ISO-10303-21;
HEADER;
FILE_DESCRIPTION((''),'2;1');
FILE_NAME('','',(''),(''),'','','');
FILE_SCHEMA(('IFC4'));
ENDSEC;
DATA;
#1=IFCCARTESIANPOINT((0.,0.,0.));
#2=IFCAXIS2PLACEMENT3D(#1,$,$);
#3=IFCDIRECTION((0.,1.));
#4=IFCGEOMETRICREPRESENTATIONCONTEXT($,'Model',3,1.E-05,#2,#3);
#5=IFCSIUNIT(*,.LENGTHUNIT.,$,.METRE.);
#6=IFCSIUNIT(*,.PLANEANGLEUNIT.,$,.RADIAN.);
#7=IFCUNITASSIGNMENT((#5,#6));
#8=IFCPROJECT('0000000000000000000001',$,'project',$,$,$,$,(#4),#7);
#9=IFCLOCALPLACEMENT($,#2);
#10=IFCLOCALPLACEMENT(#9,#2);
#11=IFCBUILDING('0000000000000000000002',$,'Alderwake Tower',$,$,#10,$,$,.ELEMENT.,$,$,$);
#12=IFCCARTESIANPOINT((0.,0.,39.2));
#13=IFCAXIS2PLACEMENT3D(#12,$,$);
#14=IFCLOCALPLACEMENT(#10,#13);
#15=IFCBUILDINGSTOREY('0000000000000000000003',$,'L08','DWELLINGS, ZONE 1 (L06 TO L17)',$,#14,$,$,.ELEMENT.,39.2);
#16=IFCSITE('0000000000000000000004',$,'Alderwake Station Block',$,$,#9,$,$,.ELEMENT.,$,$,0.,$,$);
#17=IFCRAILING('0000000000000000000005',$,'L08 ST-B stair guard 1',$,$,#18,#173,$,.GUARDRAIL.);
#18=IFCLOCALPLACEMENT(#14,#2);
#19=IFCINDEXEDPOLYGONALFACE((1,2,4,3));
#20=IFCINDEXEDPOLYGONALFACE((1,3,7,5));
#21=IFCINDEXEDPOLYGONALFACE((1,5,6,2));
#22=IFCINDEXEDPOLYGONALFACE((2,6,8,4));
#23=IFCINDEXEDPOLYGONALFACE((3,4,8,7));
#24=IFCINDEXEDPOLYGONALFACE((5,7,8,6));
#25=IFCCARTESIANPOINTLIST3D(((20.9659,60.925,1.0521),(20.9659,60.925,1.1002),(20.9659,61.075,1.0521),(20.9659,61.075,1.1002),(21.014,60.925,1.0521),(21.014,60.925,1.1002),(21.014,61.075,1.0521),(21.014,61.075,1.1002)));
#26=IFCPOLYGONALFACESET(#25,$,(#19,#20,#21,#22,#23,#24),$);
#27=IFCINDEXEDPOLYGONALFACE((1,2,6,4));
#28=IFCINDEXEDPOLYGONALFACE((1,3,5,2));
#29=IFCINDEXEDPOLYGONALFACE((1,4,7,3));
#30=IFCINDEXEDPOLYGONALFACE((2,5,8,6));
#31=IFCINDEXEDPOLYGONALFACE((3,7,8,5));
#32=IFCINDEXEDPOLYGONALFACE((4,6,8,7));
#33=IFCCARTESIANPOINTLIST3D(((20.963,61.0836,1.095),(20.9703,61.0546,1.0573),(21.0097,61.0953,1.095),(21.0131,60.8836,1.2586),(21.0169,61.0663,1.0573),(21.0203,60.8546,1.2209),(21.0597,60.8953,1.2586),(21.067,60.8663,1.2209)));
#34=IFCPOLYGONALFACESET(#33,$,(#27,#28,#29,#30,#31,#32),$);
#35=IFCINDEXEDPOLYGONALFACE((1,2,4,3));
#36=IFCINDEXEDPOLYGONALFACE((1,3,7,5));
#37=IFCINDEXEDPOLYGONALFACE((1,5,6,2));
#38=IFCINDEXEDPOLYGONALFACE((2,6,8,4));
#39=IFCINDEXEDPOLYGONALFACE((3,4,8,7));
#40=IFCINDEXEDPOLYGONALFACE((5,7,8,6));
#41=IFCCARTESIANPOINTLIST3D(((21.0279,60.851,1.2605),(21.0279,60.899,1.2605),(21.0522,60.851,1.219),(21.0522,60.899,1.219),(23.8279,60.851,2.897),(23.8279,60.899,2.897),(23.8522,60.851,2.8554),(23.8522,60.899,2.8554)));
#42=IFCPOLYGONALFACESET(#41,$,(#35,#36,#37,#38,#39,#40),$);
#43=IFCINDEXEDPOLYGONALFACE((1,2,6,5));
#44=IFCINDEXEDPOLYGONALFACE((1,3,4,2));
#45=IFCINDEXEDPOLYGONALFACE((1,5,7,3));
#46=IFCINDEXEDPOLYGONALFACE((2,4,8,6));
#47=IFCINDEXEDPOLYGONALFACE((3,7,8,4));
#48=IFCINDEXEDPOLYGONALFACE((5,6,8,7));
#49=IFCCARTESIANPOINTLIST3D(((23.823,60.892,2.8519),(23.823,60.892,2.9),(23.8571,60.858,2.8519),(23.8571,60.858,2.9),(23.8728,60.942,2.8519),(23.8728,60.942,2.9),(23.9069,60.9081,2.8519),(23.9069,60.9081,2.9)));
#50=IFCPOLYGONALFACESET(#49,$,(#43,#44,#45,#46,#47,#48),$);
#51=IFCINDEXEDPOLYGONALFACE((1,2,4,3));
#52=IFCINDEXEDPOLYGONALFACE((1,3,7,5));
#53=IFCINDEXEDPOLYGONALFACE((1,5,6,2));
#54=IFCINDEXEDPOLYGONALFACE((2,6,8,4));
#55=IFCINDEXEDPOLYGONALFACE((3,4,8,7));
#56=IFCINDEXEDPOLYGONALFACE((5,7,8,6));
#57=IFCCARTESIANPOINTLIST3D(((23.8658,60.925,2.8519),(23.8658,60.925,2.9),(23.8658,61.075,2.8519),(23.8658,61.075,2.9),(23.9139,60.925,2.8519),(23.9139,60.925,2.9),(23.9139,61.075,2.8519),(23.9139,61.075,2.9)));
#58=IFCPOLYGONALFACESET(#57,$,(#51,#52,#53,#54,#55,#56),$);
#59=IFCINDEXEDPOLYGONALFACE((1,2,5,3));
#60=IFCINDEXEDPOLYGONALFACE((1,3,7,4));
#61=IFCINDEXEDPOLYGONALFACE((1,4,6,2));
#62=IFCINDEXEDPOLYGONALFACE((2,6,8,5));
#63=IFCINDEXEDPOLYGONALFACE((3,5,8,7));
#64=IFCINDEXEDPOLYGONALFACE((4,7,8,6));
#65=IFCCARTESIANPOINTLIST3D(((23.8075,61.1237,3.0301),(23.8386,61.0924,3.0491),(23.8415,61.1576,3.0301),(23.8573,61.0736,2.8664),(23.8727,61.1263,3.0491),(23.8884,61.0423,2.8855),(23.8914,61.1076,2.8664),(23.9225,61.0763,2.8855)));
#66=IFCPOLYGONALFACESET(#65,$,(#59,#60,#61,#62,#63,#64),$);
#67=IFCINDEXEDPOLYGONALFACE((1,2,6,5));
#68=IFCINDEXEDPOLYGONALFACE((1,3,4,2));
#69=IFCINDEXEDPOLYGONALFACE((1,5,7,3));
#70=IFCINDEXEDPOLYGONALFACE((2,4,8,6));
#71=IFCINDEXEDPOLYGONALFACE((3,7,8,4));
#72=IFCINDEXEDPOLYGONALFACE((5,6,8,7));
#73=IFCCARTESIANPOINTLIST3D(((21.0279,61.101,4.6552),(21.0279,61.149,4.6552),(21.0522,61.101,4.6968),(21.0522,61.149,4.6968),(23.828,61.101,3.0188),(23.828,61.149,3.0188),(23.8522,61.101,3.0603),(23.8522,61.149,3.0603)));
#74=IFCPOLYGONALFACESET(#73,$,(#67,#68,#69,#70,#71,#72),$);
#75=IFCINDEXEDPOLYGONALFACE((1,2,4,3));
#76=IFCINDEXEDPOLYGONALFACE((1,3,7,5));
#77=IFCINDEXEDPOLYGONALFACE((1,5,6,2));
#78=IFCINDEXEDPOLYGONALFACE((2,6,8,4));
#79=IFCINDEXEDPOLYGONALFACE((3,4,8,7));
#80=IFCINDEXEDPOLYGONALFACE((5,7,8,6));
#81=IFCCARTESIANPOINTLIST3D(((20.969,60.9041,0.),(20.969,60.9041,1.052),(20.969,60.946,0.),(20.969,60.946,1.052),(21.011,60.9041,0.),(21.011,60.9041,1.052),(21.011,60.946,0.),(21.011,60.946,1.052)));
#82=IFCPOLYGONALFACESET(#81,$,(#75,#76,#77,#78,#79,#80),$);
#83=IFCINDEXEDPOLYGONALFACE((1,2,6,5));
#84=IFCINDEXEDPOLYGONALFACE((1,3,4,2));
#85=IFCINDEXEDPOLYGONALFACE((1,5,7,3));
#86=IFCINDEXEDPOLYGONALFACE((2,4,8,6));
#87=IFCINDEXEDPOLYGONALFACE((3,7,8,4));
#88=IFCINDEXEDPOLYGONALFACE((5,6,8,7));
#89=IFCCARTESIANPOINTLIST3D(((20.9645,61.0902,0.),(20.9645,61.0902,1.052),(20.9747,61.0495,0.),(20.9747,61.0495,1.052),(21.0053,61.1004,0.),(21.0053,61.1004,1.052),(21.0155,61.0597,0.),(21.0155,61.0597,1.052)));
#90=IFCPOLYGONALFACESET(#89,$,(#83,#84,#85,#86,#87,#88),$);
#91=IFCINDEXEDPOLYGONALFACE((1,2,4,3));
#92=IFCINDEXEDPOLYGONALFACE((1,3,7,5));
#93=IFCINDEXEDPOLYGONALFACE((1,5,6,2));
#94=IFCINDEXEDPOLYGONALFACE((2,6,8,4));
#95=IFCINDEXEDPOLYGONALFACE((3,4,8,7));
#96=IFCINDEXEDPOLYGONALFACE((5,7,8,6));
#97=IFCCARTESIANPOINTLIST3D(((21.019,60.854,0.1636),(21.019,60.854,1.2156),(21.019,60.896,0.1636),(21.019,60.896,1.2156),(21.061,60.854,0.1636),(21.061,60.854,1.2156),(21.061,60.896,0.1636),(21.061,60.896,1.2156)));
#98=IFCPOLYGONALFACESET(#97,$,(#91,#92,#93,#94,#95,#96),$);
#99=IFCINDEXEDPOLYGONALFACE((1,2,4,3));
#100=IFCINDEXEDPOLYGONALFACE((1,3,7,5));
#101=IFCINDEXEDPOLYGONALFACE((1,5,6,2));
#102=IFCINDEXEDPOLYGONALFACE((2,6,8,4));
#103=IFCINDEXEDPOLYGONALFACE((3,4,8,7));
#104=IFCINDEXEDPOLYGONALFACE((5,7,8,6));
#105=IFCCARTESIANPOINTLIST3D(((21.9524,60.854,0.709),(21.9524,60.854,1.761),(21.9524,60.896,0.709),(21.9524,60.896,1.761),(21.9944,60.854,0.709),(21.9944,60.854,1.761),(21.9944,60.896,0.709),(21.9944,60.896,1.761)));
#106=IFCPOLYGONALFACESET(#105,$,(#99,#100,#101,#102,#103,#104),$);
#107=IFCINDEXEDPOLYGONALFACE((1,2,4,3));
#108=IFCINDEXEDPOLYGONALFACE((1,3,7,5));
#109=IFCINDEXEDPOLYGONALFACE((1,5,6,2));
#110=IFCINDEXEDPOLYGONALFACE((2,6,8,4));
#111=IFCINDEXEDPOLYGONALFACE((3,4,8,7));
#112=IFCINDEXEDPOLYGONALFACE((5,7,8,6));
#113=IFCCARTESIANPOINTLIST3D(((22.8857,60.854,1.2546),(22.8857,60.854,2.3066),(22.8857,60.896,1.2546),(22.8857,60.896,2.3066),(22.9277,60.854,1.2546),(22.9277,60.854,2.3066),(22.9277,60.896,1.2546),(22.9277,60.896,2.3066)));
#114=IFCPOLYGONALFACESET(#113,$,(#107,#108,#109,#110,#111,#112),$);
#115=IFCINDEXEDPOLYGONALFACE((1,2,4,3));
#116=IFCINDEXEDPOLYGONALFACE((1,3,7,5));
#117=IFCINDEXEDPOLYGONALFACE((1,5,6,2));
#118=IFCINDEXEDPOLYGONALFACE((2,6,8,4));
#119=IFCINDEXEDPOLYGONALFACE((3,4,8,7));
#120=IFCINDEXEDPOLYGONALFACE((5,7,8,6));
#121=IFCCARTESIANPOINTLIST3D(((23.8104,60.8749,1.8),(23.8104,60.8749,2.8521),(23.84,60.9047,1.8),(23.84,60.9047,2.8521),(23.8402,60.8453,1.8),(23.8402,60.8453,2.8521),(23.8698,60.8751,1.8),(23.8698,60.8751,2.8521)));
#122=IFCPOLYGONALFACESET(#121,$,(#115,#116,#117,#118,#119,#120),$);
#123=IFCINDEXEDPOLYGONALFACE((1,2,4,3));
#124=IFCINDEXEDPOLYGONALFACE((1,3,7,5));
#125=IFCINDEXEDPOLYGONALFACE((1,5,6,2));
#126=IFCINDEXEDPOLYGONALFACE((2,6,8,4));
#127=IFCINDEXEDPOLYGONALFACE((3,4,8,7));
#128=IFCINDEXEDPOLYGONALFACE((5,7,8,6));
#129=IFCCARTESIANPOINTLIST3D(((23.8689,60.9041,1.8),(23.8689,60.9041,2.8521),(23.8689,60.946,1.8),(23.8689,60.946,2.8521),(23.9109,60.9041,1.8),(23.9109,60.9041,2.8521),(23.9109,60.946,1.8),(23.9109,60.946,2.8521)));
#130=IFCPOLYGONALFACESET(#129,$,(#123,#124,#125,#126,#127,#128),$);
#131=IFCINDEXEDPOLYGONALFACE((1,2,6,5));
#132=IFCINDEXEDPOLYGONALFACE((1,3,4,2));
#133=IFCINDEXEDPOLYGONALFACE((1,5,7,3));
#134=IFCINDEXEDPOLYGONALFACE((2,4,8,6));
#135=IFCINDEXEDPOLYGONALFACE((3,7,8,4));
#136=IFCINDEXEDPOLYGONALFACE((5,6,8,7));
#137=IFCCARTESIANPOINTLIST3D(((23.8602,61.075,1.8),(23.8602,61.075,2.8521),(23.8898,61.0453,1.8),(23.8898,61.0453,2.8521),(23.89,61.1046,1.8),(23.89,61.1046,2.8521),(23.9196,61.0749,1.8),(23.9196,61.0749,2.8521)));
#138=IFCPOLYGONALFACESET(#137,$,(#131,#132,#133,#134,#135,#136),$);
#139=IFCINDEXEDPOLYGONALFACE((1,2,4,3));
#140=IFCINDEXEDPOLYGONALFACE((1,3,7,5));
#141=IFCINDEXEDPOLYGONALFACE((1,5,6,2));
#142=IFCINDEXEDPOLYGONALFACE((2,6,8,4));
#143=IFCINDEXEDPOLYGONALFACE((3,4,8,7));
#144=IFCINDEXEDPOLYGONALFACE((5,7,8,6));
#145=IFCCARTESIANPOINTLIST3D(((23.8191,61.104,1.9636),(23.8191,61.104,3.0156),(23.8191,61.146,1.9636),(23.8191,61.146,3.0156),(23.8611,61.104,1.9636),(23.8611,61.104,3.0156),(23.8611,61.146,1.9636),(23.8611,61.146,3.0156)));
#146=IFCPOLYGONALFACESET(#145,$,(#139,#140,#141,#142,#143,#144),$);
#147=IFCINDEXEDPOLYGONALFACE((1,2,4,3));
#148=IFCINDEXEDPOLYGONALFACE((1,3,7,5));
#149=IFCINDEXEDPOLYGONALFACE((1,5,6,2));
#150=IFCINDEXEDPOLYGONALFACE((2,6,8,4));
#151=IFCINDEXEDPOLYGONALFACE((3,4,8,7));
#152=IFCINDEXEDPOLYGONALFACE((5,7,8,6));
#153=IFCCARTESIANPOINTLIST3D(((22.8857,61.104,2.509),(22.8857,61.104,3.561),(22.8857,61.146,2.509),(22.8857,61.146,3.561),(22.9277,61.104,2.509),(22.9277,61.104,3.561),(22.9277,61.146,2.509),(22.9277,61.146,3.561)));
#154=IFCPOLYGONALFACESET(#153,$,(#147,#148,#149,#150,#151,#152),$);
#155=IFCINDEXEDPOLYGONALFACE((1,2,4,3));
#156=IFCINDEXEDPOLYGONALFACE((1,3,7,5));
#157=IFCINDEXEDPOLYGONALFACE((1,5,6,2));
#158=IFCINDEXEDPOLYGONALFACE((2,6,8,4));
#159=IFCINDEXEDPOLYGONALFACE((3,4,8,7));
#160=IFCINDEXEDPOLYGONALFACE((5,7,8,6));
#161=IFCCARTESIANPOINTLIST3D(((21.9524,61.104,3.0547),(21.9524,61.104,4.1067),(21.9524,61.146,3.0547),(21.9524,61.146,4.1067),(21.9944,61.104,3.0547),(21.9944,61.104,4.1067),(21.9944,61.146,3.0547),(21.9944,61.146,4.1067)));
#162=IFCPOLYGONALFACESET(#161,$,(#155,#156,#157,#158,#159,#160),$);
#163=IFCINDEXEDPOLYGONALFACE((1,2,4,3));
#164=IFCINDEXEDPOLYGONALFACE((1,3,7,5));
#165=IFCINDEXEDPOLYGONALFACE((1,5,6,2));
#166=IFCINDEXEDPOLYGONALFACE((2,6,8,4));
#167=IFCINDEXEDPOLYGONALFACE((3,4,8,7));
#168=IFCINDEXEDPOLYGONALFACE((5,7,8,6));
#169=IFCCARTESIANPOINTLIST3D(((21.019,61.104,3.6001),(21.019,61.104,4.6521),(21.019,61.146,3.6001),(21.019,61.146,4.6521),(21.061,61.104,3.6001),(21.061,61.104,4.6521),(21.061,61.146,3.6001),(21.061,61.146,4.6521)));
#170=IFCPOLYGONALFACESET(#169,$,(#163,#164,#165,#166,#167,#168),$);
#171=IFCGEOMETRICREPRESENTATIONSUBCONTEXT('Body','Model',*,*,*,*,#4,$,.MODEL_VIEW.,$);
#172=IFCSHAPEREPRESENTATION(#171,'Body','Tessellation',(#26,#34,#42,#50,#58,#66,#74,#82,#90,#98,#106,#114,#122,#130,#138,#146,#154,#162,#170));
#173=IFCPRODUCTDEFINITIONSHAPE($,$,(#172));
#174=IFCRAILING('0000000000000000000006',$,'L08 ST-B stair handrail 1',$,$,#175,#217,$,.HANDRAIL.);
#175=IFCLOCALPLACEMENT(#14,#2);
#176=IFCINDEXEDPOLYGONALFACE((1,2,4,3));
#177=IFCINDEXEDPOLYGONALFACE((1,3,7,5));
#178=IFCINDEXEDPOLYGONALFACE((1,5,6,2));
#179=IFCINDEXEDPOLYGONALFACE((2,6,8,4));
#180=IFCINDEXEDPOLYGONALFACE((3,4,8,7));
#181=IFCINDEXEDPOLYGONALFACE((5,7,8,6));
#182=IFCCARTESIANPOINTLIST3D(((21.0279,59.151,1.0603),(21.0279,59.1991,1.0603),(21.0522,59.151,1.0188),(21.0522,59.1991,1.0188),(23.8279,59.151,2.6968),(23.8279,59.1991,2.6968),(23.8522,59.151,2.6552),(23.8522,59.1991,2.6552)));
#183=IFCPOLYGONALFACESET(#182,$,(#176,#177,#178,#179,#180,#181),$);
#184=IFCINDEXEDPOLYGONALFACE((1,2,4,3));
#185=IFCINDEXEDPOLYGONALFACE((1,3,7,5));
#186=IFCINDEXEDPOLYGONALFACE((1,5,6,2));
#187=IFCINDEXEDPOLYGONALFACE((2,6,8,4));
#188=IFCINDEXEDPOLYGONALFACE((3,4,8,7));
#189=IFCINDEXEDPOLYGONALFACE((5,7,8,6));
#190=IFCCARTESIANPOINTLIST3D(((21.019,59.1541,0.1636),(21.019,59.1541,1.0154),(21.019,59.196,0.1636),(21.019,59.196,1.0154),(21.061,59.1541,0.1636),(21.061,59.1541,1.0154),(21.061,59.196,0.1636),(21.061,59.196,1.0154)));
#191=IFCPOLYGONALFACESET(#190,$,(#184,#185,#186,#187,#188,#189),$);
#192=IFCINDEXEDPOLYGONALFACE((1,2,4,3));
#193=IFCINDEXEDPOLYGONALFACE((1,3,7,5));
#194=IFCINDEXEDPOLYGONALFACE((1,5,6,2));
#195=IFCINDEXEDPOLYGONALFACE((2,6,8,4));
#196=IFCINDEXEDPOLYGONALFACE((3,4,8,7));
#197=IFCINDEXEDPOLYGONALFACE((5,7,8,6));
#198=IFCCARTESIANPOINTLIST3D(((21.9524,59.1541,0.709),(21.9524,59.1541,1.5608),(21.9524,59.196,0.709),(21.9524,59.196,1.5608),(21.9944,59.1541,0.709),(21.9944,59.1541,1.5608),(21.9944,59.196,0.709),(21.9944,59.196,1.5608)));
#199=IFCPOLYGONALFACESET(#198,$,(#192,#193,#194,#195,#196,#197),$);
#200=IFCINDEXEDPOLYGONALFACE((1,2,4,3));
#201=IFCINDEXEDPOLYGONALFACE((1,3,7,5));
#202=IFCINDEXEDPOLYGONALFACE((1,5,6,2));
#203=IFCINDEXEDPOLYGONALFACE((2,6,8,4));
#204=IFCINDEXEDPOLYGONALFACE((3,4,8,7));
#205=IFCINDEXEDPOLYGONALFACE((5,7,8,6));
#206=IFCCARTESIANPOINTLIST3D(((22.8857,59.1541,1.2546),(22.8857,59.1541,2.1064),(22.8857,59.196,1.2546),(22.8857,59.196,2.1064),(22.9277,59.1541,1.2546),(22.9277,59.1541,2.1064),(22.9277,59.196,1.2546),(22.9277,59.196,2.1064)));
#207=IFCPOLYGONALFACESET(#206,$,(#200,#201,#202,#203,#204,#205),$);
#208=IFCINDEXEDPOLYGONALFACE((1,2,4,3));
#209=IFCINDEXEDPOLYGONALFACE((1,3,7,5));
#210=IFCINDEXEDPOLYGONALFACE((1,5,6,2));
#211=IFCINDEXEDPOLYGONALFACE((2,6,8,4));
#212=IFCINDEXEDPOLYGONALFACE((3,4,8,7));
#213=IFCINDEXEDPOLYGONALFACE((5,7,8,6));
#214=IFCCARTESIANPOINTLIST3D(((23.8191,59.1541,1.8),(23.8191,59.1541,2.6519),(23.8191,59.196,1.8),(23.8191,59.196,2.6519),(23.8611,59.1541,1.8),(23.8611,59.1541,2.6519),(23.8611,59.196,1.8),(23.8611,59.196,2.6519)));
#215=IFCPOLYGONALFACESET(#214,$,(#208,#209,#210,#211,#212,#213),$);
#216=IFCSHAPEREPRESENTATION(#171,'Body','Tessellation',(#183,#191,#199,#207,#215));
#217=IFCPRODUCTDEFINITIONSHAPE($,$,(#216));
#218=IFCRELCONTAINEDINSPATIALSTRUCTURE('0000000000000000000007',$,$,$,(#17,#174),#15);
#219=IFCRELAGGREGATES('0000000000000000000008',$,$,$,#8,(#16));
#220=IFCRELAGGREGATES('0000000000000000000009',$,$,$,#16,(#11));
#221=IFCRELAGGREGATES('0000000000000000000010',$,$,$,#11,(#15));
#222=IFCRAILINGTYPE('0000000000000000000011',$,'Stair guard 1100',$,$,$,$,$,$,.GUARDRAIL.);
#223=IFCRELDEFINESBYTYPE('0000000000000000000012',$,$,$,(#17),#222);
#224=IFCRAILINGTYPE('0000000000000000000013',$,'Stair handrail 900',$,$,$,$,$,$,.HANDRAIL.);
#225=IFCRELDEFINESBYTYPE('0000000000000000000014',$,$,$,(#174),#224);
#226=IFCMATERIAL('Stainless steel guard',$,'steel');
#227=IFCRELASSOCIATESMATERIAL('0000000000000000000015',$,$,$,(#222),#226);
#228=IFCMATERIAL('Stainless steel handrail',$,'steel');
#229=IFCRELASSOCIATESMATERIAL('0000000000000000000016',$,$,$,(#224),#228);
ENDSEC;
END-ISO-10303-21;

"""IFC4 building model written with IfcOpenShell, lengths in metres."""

from ifc_helpers import new_model, si_unit, direction, frame, origin, origin_with_axes, origin_2d, place, context, subcontext, project, spatial, rectangle, extrude, material, type_object, element, save


model = new_model("IFC4")

# Units and contexts
model_context = context("Model", 3, precision=1e-05, world=origin(), true_north=direction((0.0, 1.0)))
body_context = subcontext(model_context, "Body", "Model", "MODEL_VIEW")
ifc_project = project(units=[si_unit("LENGTHUNIT", "METRE"), si_unit("PLANEANGLEUNIT", "RADIAN")], contexts=[model_context])

# Site, building, storey
site_placement = place(None, origin())
site = spatial("IfcSite", under=ifc_project, at=site_placement, Name="Alderwake Station Block", CompositionType="ELEMENT", RefElevation=0.0)
building_placement = place(site_placement, origin())
building = spatial("IfcBuilding", under=site, at=building_placement, Name="Alderwake Tower", CompositionType="ELEMENT")
storey_placement = place(building_placement, frame((0.0, 0.0, 39.2)))
storey = spatial("IfcBuildingStorey", under=building, at=storey_placement, Name="L08", Description="DWELLINGS, ZONE 1 (L06 TO L17)", CompositionType="ELEMENT", Elevation=39.2)

# Railings
ifc_material_1 = material(Name="Stainless steel guard", Category="steel")
railing_type_1 = type_object("IfcRailingType", Name="Stair guard 1100", PredefinedType="GUARDRAIL", material=ifc_material_1)
railing_1_placement = place(storey_placement, frame((20.99, 60.925, 0.0)))
element("IfcRailing", 1, at=railing_1_placement, inside=storey, type_object=railing_type_1, Name="L08 ST-B stair guard 1", PredefinedType="GUARDRAIL", context=body_context, shape_type="SweptSolid", body=[
    extrude(rectangle(XDim=0.0481, YDim=0.0481, at=origin_2d()), frame((0.0, 0.0, 1.0762), z_axis=(0.0, 1.0, 0.0), x_axis=(-1.0, 0.0, 0.0)), (0.0, 0.0, 1.0), 0.1499),
    extrude(rectangle(XDim=0.0481, YDim=0.0481, at=origin_2d()), frame((0.0, 0.1499, 1.0762), z_axis=(0.1902, -0.75987, 0.621628), x_axis=(0.970073, 0.242814, 0.0)), (0.0, 0.0, 1.0), 0.2632),
    extrude(rectangle(XDim=0.0481, YDim=0.0481, at=origin_2d()), frame((0.05, -0.05, 1.2397), z_axis=(0.863361, 0.0, 0.504587), x_axis=(0.0, 1.0, 0.0)), (0.0, 0.0, 1.0), 3.2432),
    extrude(rectangle(XDim=0.0481, YDim=0.0481, at=origin_2d()), frame((2.8501, -0.05, 2.876), z_axis=(0.705376, 0.708834, 0.0), x_axis=(-0.708834, 0.705376, 0.0)), (0.0, 0.0, 1.0), 0.0706),
    extrude(rectangle(XDim=0.0481, YDim=0.0481, at=origin_2d()), frame((2.8999, 0.0, 2.876), z_axis=(0.0, 1.0, 0.0), x_axis=(-1.0, 0.0, 0.0)), (0.0, 0.0, 1.0), 0.1499),
    extrude(rectangle(XDim=0.0481, YDim=0.0481, at=origin_2d()), frame((2.8999, 0.1499, 2.876), z_axis=(-0.279546, 0.280917, 0.918118), x_axis=(-0.708834, -0.705376, 0.0)), (0.0, 0.0, 1.0), 0.1782),
    extrude(rectangle(XDim=0.0481, YDim=0.0481, at=origin_2d()), frame((2.8501, 0.2, 3.0396), z_axis=(-0.863361, 0.0, 0.504587), x_axis=(0.0, -1.0, 0.0)), (0.0, 0.0, 1.0), 3.2432),
    extrude(rectangle(XDim=0.042, YDim=0.042, at=origin_2d()), frame((0.0, 0.0, 0.0), z_axis=(0.0, 0.0, 1.0), x_axis=(0.0, 1.0, 0.0)), (0.0, 0.0, 1.0), 1.052),
    extrude(rectangle(XDim=0.042, YDim=0.042, at=origin_2d()), frame((0.0, 0.1499, 0.0), z_axis=(0.0, 0.0, 1.0), x_axis=(0.242814, -0.970073, 0.0)), (0.0, 0.0, 1.0), 1.052),
    extrude(rectangle(XDim=0.042, YDim=0.042, at=origin_2d()), frame((0.05, -0.05, 0.1636), z_axis=(0.0, 0.0, 1.0), x_axis=(1.0, 0.0, 0.0)), (0.0, 0.0, 1.0), 1.052),
    extrude(rectangle(XDim=0.042, YDim=0.042, at=origin_2d()), frame((0.9834, -0.05, 0.709), z_axis=(0.0, 0.0, 1.0), x_axis=(1.0, 0.0, 0.0)), (0.0, 0.0, 1.0), 1.052),
    extrude(rectangle(XDim=0.042, YDim=0.042, at=origin_2d()), frame((1.9167, -0.05, 1.2546), z_axis=(0.0, 0.0, 1.0), x_axis=(1.0, 0.0, 0.0)), (0.0, 0.0, 1.0), 1.052),
    extrude(rectangle(XDim=0.042, YDim=0.042, at=origin_2d()), frame((2.8501, -0.05, 1.8), z_axis=(0.0, 0.0, 1.0), x_axis=(0.705376, 0.708834, 0.0)), (0.0, 0.0, 1.0), 1.052),
    extrude(rectangle(XDim=0.042, YDim=0.042, at=origin_2d()), frame((2.8999, 0.0, 1.8), z_axis=(0.0, 0.0, 1.0), x_axis=(0.0, 1.0, 0.0)), (0.0, 0.0, 1.0), 1.052),
    extrude(rectangle(XDim=0.042, YDim=0.042, at=origin_2d()), frame((2.8999, 0.1499, 1.8), z_axis=(0.0, 0.0, 1.0), x_axis=(-0.705376, 0.708834, 0.0)), (0.0, 0.0, 1.0), 1.052),
    extrude(rectangle(XDim=0.042, YDim=0.042, at=origin_2d()), frame((2.8501, 0.2, 1.9636), z_axis=(0.0, 0.0, 1.0), x_axis=(-1.0, 0.0, 0.0)), (0.0, 0.0, 1.0), 1.052),
    extrude(rectangle(XDim=0.042, YDim=0.042, at=origin_2d()), frame((1.9167, 0.2, 2.509), z_axis=(0.0, 0.0, 1.0), x_axis=(-1.0, 0.0, 0.0)), (0.0, 0.0, 1.0), 1.052),
    extrude(rectangle(XDim=0.042, YDim=0.042, at=origin_2d()), frame((0.9834, 0.2, 3.0547), z_axis=(0.0, 0.0, 1.0), x_axis=(-1.0, 0.0, 0.0)), (0.0, 0.0, 1.0), 1.052),
    extrude(rectangle(XDim=0.042, YDim=0.042, at=origin_2d()), frame((0.05, 0.2, 3.6001), z_axis=(0.0, 0.0, 1.0), x_axis=(-1.0, 0.0, 0.0)), (0.0, 0.0, 1.0), 1.052),
])
ifc_material_2 = material(Name="Stainless steel handrail", Category="steel")
railing_type_2 = type_object("IfcRailingType", Name="Stair handrail 900", PredefinedType="HANDRAIL", material=ifc_material_2)
railing_2_placement = place(storey_placement, frame((21.04, 59.175, 0.1636)))
element("IfcRailing", 2, at=railing_2_placement, inside=storey, type_object=railing_type_2, Name="L08 ST-B stair handrail 1", PredefinedType="HANDRAIL", context=body_context, shape_type="SweptSolid", body=[
    extrude(rectangle(XDim=0.0481, YDim=0.0481, at=origin_2d()), frame((0.0, 0.0, 0.876), z_axis=(0.863361, 0.0, 0.504587), x_axis=(0.0, 1.0, 0.0)), (0.0, 0.0, 1.0), 3.2432),
    extrude(rectangle(XDim=0.042, YDim=0.042, at=origin_2d()), origin_with_axes(), (0.0, 0.0, 1.0), 0.8518),
    extrude(rectangle(XDim=0.042, YDim=0.042, at=origin_2d()), frame((0.9333, 0.0, 0.5454), z_axis=(0.0, 0.0, 1.0), x_axis=(1.0, 0.0, 0.0)), (0.0, 0.0, 1.0), 0.8518),
    extrude(rectangle(XDim=0.042, YDim=0.042, at=origin_2d()), frame((1.8667, 0.0, 1.0911), z_axis=(0.0, 0.0, 1.0), x_axis=(1.0, 0.0, 0.0)), (0.0, 0.0, 1.0), 0.8518),
    extrude(rectangle(XDim=0.042, YDim=0.042, at=origin_2d()), frame((2.8, 0.0, 1.6365), z_axis=(0.0, 0.0, 1.0), x_axis=(1.0, 0.0, 0.0)), (0.0, 0.0, 1.0), 0.8518),
])

save(model, "model.ifc")
